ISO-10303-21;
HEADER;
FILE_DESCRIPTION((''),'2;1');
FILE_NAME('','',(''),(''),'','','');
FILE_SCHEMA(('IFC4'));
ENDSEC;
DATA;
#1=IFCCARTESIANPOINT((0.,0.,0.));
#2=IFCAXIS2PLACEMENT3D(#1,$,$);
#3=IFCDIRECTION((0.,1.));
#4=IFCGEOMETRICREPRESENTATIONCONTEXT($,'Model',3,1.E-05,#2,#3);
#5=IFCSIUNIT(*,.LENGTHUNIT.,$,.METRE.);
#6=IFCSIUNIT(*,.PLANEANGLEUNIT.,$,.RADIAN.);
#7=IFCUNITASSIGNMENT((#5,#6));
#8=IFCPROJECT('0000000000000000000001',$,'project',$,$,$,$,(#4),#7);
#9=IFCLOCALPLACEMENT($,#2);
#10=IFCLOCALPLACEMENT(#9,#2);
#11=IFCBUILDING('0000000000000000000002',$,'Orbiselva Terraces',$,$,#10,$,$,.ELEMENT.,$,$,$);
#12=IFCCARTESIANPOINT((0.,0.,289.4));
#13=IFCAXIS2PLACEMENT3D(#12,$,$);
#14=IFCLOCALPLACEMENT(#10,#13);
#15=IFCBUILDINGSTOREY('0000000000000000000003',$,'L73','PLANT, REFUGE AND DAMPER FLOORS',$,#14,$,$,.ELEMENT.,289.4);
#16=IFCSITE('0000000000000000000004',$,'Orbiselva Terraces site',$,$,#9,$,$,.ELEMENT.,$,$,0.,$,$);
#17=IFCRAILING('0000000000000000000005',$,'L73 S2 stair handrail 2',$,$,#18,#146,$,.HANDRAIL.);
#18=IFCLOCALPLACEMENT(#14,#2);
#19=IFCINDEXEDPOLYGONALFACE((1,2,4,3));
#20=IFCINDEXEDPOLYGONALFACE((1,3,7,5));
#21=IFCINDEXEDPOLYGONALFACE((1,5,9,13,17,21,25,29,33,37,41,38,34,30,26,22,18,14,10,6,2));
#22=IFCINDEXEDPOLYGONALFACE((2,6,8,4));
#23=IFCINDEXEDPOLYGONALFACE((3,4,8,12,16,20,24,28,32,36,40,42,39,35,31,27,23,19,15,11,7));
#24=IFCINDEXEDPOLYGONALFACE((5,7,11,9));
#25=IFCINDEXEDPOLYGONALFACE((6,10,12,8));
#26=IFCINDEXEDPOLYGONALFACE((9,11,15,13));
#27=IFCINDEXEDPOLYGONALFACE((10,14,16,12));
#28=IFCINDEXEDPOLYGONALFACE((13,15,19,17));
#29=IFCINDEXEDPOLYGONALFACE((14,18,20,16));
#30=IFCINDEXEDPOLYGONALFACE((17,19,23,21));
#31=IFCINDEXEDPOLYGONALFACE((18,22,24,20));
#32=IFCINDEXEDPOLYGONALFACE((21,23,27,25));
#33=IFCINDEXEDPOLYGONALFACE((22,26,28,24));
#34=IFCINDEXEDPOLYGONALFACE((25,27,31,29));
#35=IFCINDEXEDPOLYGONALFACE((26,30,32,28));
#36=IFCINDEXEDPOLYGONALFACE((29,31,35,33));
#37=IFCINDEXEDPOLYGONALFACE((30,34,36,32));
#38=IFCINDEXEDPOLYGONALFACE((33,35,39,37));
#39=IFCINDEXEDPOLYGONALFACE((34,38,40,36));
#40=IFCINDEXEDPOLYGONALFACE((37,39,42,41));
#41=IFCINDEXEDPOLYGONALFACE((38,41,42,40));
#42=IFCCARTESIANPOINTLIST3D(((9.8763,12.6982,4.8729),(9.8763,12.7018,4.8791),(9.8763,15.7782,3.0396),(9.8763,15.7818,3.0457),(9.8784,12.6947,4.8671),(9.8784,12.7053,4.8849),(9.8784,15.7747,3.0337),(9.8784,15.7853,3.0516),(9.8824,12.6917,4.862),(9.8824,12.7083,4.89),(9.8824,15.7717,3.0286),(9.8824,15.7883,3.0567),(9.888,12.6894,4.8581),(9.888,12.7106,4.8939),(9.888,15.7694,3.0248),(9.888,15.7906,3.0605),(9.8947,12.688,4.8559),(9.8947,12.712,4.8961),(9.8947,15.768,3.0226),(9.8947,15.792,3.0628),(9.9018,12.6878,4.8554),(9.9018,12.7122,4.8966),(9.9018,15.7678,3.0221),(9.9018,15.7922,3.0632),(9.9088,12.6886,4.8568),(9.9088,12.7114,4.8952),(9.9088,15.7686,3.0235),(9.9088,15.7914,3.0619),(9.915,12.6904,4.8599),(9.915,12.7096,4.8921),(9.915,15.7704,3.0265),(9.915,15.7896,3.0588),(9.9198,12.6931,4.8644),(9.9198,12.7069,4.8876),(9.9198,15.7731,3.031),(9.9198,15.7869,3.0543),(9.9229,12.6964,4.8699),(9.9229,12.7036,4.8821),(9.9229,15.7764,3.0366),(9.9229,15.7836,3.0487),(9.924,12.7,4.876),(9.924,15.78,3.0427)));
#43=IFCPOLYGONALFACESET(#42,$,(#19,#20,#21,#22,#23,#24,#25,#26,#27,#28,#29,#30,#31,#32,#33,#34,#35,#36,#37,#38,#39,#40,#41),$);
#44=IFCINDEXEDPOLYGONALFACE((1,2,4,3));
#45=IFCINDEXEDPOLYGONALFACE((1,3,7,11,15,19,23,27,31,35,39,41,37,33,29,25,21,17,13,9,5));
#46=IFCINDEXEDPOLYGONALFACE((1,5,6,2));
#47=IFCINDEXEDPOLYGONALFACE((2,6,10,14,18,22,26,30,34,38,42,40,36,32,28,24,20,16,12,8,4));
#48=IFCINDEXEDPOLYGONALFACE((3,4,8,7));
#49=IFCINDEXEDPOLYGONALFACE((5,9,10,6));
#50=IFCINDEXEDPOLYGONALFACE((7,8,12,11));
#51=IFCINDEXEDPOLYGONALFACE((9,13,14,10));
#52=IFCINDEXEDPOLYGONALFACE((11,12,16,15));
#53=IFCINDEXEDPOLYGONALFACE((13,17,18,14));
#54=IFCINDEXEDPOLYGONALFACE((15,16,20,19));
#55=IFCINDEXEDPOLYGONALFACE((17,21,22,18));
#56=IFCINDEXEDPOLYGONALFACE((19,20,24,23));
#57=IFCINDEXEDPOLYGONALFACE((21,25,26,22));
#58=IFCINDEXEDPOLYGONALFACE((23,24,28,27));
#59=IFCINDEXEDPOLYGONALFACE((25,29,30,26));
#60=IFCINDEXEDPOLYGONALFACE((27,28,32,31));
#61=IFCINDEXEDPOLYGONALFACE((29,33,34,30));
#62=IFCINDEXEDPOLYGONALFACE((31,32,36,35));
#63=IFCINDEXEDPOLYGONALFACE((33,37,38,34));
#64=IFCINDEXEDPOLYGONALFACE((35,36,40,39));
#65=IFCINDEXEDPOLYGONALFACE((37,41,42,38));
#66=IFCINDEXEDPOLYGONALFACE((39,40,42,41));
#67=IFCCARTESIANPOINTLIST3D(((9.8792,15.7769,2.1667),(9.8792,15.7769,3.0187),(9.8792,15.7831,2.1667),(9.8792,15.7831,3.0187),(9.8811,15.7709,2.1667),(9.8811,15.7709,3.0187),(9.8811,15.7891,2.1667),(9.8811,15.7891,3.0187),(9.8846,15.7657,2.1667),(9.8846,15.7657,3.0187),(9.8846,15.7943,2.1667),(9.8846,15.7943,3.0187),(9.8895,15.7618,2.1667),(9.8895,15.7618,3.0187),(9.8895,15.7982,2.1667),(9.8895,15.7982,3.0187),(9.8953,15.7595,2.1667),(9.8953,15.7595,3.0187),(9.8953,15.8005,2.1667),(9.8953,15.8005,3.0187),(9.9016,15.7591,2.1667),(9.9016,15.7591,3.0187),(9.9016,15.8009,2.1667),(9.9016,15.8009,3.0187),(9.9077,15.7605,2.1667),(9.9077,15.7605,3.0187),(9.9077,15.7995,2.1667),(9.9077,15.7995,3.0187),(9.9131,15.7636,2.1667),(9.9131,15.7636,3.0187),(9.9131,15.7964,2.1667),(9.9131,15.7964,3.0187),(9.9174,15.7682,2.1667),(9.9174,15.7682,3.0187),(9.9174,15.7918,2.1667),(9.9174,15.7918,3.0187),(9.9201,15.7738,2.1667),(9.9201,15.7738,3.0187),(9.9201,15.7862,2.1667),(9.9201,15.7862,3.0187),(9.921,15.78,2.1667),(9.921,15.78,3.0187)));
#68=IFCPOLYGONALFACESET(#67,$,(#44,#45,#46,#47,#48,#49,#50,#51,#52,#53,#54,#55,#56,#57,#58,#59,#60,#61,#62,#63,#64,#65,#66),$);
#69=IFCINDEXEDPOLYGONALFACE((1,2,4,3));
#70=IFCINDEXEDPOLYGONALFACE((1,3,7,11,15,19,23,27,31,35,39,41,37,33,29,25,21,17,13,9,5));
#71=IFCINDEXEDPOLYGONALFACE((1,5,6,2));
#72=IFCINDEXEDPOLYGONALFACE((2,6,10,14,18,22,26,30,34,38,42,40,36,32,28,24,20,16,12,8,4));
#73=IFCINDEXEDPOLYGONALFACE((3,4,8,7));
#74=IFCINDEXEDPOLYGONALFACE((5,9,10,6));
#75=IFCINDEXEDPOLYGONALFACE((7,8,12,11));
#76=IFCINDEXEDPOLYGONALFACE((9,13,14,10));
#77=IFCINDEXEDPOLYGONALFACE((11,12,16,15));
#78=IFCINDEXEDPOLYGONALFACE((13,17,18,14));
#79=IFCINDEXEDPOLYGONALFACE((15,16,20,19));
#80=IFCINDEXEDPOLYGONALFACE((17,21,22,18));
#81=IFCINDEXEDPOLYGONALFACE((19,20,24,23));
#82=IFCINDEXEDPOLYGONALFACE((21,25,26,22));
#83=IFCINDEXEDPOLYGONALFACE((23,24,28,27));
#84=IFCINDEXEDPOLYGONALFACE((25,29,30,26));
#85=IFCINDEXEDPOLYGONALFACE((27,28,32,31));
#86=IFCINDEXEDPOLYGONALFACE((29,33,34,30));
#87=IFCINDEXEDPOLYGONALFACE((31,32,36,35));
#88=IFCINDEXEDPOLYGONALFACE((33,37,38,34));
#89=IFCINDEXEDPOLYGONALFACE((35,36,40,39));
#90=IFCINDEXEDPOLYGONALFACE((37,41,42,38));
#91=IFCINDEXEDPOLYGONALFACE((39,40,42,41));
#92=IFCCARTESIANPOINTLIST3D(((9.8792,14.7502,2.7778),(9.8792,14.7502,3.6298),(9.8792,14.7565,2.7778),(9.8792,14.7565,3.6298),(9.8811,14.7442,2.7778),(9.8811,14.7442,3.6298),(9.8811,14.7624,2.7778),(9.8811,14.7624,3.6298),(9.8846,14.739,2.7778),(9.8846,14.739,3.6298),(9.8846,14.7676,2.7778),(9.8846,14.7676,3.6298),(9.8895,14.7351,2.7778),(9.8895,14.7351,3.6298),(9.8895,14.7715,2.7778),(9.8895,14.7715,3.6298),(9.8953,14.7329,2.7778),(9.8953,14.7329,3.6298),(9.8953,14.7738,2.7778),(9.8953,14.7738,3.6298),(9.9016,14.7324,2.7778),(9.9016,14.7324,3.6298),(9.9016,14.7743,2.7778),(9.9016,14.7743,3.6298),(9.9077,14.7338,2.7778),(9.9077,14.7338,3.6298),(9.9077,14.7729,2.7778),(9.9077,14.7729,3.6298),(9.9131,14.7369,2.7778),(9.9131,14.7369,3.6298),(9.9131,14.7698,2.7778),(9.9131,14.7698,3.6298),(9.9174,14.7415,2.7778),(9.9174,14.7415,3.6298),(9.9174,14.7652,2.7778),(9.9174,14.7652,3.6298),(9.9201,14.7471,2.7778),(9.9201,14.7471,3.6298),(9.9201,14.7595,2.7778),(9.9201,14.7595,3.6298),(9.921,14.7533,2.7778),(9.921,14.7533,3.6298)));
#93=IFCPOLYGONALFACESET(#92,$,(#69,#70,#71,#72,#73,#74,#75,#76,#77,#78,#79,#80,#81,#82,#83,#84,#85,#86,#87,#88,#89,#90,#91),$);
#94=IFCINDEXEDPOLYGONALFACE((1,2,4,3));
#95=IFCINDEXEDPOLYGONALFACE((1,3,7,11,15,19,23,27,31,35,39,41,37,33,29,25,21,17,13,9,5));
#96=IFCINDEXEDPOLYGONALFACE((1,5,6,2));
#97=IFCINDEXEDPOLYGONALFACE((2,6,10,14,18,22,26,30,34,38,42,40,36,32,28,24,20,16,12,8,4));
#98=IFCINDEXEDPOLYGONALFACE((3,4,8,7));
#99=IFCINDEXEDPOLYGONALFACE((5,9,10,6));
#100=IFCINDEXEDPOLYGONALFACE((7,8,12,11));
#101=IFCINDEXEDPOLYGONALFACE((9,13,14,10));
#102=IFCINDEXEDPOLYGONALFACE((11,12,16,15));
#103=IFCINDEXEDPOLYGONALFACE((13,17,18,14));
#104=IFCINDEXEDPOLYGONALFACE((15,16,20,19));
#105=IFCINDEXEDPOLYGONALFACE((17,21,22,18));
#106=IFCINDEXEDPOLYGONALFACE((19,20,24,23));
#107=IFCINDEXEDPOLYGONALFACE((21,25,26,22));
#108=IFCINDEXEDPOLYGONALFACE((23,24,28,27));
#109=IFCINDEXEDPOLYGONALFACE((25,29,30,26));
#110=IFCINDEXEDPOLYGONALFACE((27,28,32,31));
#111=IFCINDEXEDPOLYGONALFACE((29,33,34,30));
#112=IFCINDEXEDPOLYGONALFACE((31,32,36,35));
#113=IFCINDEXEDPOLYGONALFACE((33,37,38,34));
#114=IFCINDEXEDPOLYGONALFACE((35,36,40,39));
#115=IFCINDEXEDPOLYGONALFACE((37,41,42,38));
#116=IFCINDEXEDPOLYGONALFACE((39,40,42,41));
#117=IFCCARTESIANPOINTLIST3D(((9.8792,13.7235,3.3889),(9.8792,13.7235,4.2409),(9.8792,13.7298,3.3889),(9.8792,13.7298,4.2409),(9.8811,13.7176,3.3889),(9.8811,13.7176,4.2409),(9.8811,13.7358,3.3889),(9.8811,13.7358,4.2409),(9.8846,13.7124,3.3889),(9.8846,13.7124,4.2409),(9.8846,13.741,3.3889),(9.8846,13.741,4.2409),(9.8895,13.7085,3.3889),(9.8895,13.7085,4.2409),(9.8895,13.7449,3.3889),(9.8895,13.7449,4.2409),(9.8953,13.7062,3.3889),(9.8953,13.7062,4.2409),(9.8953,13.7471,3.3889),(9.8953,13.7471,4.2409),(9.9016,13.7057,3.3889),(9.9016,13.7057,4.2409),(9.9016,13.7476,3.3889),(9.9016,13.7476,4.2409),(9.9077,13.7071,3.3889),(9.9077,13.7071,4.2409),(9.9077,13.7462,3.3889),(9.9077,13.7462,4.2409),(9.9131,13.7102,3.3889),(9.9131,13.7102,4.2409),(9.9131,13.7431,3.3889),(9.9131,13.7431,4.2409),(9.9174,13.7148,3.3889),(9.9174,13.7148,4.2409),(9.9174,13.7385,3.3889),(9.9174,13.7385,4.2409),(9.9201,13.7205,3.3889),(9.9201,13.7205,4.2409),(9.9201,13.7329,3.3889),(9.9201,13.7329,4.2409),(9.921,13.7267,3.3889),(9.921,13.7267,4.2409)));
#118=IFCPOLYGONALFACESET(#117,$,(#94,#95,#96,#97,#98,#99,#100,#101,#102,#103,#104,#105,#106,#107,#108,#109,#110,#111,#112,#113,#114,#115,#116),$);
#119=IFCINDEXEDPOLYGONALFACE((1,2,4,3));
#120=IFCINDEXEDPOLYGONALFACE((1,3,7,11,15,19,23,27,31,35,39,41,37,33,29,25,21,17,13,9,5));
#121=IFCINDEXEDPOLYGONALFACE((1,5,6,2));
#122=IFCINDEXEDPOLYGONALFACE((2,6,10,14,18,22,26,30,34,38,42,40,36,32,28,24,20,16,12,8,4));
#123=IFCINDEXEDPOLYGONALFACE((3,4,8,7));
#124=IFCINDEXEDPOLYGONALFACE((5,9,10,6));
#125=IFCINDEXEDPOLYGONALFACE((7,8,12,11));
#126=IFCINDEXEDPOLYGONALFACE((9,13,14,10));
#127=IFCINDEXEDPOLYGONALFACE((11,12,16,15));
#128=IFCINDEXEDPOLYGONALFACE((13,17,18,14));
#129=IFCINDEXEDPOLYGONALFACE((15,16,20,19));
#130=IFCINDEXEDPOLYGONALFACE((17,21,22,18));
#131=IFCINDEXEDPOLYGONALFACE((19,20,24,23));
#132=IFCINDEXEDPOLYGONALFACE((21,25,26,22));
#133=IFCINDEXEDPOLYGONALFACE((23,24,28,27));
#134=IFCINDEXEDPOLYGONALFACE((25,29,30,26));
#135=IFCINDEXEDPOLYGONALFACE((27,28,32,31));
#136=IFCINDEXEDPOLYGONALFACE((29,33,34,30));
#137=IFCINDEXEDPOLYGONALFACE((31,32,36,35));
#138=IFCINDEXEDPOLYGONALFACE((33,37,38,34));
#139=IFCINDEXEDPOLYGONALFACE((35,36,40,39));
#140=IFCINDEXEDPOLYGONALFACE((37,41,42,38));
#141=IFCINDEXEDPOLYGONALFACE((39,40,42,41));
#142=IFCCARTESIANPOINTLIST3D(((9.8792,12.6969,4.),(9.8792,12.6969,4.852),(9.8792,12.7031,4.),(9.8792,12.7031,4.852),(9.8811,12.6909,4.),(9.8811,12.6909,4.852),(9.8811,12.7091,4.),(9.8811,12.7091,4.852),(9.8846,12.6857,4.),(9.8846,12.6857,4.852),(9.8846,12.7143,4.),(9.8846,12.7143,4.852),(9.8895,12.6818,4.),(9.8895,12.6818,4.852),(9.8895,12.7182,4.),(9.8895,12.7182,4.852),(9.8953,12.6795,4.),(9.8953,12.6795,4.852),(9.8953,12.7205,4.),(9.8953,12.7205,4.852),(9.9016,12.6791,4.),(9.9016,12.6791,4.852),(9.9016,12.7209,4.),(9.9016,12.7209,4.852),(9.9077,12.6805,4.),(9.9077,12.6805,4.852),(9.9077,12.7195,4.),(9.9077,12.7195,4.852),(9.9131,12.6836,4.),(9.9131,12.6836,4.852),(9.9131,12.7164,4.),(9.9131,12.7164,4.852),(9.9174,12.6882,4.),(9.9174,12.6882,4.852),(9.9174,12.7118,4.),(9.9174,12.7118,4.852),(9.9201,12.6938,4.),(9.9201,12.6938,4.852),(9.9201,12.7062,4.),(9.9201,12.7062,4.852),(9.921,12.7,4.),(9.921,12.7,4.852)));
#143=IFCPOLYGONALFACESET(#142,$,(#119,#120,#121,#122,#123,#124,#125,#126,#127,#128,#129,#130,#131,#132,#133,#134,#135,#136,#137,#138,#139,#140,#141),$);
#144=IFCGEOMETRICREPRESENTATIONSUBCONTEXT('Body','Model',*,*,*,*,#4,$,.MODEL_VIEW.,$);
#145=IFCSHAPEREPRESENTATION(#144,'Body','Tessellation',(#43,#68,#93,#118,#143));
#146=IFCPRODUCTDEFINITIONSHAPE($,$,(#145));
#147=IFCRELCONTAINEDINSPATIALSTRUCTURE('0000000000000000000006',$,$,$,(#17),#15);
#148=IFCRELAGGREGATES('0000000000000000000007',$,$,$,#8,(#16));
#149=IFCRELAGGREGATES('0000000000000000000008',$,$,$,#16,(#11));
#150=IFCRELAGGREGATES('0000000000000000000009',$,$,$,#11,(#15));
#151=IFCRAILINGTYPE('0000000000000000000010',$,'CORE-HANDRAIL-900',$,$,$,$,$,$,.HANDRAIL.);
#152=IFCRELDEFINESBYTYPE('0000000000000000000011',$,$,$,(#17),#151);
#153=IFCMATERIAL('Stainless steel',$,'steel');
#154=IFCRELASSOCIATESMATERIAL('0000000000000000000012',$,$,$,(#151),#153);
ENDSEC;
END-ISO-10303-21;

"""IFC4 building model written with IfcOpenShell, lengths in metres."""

from ifc_helpers import new_model, si_unit, direction, frame, origin, origin_2d, place, context, subcontext, project, spatial, circle, extrude, material, type_object, element, save


model = new_model("IFC4")

# Units and contexts
model_context = context("Model", 3, precision=1e-05, world=origin(), true_north=direction((0.0, 1.0)))
body_context = subcontext(model_context, "Body", "Model", "MODEL_VIEW")
ifc_project = project(units=[si_unit("LENGTHUNIT", "METRE"), si_unit("PLANEANGLEUNIT", "RADIAN")], contexts=[model_context])

# Site, building, storey
site_placement = place(None, origin())
site = spatial("IfcSite", under=ifc_project, at=site_placement, Name="Orbiselva Terraces site", CompositionType="ELEMENT", RefElevation=0.0)
building_placement = place(site_placement, origin())
building = spatial("IfcBuilding", under=site, at=building_placement, Name="Orbiselva Terraces", CompositionType="ELEMENT")
storey_placement = place(building_placement, frame((0.0, 0.0, 289.4)))
storey = spatial("IfcBuildingStorey", under=building, at=storey_placement, Name="L73", Description="PLANT, REFUGE AND DAMPER FLOORS", CompositionType="ELEMENT", Elevation=289.4)

# Railing
ifc_material_1 = material(Name="Stainless steel", Category="steel")
railing_type = type_object("IfcRailingType", Name="CORE-HANDRAIL-900", PredefinedType="HANDRAIL", material=ifc_material_1)
for number, where, name in (
    (1, (9.9, 15.78, 2.1667), "L73 S2 stair handrail 2"),
):
    element("IfcRailing", number, at=place(storey_placement, frame(where)), inside=storey, type_object=railing_type, Name=name, PredefinedType="HANDRAIL", context=body_context, shape_type="SweptSolid", body=[
        extrude(circle(Radius=0.024, at=origin_2d()), frame((0.0, 0.0, 0.876), z_axis=(0.0, -0.859293, 0.511484), x_axis=(1.0, 0.0, 0.0)), (0.0, 0.0, 1.0), 3.5843),
        extrude(circle(Radius=0.021, at=origin_2d()), origin(), (0.0, 0.0, 1.0), 0.852),
        extrude(circle(Radius=0.021, at=origin_2d()), frame((0.0, -1.0267, 0.6111)), (0.0, 0.0, 1.0), 0.852),
        extrude(circle(Radius=0.021, at=origin_2d()), frame((0.0, -2.0533, 1.2222)), (0.0, 0.0, 1.0), 0.852),
        extrude(circle(Radius=0.021, at=origin_2d()), frame((0.0, -3.08, 1.8333)), (0.0, 0.0, 1.0), 0.852),
    ])

save(model, "model.ifc")
